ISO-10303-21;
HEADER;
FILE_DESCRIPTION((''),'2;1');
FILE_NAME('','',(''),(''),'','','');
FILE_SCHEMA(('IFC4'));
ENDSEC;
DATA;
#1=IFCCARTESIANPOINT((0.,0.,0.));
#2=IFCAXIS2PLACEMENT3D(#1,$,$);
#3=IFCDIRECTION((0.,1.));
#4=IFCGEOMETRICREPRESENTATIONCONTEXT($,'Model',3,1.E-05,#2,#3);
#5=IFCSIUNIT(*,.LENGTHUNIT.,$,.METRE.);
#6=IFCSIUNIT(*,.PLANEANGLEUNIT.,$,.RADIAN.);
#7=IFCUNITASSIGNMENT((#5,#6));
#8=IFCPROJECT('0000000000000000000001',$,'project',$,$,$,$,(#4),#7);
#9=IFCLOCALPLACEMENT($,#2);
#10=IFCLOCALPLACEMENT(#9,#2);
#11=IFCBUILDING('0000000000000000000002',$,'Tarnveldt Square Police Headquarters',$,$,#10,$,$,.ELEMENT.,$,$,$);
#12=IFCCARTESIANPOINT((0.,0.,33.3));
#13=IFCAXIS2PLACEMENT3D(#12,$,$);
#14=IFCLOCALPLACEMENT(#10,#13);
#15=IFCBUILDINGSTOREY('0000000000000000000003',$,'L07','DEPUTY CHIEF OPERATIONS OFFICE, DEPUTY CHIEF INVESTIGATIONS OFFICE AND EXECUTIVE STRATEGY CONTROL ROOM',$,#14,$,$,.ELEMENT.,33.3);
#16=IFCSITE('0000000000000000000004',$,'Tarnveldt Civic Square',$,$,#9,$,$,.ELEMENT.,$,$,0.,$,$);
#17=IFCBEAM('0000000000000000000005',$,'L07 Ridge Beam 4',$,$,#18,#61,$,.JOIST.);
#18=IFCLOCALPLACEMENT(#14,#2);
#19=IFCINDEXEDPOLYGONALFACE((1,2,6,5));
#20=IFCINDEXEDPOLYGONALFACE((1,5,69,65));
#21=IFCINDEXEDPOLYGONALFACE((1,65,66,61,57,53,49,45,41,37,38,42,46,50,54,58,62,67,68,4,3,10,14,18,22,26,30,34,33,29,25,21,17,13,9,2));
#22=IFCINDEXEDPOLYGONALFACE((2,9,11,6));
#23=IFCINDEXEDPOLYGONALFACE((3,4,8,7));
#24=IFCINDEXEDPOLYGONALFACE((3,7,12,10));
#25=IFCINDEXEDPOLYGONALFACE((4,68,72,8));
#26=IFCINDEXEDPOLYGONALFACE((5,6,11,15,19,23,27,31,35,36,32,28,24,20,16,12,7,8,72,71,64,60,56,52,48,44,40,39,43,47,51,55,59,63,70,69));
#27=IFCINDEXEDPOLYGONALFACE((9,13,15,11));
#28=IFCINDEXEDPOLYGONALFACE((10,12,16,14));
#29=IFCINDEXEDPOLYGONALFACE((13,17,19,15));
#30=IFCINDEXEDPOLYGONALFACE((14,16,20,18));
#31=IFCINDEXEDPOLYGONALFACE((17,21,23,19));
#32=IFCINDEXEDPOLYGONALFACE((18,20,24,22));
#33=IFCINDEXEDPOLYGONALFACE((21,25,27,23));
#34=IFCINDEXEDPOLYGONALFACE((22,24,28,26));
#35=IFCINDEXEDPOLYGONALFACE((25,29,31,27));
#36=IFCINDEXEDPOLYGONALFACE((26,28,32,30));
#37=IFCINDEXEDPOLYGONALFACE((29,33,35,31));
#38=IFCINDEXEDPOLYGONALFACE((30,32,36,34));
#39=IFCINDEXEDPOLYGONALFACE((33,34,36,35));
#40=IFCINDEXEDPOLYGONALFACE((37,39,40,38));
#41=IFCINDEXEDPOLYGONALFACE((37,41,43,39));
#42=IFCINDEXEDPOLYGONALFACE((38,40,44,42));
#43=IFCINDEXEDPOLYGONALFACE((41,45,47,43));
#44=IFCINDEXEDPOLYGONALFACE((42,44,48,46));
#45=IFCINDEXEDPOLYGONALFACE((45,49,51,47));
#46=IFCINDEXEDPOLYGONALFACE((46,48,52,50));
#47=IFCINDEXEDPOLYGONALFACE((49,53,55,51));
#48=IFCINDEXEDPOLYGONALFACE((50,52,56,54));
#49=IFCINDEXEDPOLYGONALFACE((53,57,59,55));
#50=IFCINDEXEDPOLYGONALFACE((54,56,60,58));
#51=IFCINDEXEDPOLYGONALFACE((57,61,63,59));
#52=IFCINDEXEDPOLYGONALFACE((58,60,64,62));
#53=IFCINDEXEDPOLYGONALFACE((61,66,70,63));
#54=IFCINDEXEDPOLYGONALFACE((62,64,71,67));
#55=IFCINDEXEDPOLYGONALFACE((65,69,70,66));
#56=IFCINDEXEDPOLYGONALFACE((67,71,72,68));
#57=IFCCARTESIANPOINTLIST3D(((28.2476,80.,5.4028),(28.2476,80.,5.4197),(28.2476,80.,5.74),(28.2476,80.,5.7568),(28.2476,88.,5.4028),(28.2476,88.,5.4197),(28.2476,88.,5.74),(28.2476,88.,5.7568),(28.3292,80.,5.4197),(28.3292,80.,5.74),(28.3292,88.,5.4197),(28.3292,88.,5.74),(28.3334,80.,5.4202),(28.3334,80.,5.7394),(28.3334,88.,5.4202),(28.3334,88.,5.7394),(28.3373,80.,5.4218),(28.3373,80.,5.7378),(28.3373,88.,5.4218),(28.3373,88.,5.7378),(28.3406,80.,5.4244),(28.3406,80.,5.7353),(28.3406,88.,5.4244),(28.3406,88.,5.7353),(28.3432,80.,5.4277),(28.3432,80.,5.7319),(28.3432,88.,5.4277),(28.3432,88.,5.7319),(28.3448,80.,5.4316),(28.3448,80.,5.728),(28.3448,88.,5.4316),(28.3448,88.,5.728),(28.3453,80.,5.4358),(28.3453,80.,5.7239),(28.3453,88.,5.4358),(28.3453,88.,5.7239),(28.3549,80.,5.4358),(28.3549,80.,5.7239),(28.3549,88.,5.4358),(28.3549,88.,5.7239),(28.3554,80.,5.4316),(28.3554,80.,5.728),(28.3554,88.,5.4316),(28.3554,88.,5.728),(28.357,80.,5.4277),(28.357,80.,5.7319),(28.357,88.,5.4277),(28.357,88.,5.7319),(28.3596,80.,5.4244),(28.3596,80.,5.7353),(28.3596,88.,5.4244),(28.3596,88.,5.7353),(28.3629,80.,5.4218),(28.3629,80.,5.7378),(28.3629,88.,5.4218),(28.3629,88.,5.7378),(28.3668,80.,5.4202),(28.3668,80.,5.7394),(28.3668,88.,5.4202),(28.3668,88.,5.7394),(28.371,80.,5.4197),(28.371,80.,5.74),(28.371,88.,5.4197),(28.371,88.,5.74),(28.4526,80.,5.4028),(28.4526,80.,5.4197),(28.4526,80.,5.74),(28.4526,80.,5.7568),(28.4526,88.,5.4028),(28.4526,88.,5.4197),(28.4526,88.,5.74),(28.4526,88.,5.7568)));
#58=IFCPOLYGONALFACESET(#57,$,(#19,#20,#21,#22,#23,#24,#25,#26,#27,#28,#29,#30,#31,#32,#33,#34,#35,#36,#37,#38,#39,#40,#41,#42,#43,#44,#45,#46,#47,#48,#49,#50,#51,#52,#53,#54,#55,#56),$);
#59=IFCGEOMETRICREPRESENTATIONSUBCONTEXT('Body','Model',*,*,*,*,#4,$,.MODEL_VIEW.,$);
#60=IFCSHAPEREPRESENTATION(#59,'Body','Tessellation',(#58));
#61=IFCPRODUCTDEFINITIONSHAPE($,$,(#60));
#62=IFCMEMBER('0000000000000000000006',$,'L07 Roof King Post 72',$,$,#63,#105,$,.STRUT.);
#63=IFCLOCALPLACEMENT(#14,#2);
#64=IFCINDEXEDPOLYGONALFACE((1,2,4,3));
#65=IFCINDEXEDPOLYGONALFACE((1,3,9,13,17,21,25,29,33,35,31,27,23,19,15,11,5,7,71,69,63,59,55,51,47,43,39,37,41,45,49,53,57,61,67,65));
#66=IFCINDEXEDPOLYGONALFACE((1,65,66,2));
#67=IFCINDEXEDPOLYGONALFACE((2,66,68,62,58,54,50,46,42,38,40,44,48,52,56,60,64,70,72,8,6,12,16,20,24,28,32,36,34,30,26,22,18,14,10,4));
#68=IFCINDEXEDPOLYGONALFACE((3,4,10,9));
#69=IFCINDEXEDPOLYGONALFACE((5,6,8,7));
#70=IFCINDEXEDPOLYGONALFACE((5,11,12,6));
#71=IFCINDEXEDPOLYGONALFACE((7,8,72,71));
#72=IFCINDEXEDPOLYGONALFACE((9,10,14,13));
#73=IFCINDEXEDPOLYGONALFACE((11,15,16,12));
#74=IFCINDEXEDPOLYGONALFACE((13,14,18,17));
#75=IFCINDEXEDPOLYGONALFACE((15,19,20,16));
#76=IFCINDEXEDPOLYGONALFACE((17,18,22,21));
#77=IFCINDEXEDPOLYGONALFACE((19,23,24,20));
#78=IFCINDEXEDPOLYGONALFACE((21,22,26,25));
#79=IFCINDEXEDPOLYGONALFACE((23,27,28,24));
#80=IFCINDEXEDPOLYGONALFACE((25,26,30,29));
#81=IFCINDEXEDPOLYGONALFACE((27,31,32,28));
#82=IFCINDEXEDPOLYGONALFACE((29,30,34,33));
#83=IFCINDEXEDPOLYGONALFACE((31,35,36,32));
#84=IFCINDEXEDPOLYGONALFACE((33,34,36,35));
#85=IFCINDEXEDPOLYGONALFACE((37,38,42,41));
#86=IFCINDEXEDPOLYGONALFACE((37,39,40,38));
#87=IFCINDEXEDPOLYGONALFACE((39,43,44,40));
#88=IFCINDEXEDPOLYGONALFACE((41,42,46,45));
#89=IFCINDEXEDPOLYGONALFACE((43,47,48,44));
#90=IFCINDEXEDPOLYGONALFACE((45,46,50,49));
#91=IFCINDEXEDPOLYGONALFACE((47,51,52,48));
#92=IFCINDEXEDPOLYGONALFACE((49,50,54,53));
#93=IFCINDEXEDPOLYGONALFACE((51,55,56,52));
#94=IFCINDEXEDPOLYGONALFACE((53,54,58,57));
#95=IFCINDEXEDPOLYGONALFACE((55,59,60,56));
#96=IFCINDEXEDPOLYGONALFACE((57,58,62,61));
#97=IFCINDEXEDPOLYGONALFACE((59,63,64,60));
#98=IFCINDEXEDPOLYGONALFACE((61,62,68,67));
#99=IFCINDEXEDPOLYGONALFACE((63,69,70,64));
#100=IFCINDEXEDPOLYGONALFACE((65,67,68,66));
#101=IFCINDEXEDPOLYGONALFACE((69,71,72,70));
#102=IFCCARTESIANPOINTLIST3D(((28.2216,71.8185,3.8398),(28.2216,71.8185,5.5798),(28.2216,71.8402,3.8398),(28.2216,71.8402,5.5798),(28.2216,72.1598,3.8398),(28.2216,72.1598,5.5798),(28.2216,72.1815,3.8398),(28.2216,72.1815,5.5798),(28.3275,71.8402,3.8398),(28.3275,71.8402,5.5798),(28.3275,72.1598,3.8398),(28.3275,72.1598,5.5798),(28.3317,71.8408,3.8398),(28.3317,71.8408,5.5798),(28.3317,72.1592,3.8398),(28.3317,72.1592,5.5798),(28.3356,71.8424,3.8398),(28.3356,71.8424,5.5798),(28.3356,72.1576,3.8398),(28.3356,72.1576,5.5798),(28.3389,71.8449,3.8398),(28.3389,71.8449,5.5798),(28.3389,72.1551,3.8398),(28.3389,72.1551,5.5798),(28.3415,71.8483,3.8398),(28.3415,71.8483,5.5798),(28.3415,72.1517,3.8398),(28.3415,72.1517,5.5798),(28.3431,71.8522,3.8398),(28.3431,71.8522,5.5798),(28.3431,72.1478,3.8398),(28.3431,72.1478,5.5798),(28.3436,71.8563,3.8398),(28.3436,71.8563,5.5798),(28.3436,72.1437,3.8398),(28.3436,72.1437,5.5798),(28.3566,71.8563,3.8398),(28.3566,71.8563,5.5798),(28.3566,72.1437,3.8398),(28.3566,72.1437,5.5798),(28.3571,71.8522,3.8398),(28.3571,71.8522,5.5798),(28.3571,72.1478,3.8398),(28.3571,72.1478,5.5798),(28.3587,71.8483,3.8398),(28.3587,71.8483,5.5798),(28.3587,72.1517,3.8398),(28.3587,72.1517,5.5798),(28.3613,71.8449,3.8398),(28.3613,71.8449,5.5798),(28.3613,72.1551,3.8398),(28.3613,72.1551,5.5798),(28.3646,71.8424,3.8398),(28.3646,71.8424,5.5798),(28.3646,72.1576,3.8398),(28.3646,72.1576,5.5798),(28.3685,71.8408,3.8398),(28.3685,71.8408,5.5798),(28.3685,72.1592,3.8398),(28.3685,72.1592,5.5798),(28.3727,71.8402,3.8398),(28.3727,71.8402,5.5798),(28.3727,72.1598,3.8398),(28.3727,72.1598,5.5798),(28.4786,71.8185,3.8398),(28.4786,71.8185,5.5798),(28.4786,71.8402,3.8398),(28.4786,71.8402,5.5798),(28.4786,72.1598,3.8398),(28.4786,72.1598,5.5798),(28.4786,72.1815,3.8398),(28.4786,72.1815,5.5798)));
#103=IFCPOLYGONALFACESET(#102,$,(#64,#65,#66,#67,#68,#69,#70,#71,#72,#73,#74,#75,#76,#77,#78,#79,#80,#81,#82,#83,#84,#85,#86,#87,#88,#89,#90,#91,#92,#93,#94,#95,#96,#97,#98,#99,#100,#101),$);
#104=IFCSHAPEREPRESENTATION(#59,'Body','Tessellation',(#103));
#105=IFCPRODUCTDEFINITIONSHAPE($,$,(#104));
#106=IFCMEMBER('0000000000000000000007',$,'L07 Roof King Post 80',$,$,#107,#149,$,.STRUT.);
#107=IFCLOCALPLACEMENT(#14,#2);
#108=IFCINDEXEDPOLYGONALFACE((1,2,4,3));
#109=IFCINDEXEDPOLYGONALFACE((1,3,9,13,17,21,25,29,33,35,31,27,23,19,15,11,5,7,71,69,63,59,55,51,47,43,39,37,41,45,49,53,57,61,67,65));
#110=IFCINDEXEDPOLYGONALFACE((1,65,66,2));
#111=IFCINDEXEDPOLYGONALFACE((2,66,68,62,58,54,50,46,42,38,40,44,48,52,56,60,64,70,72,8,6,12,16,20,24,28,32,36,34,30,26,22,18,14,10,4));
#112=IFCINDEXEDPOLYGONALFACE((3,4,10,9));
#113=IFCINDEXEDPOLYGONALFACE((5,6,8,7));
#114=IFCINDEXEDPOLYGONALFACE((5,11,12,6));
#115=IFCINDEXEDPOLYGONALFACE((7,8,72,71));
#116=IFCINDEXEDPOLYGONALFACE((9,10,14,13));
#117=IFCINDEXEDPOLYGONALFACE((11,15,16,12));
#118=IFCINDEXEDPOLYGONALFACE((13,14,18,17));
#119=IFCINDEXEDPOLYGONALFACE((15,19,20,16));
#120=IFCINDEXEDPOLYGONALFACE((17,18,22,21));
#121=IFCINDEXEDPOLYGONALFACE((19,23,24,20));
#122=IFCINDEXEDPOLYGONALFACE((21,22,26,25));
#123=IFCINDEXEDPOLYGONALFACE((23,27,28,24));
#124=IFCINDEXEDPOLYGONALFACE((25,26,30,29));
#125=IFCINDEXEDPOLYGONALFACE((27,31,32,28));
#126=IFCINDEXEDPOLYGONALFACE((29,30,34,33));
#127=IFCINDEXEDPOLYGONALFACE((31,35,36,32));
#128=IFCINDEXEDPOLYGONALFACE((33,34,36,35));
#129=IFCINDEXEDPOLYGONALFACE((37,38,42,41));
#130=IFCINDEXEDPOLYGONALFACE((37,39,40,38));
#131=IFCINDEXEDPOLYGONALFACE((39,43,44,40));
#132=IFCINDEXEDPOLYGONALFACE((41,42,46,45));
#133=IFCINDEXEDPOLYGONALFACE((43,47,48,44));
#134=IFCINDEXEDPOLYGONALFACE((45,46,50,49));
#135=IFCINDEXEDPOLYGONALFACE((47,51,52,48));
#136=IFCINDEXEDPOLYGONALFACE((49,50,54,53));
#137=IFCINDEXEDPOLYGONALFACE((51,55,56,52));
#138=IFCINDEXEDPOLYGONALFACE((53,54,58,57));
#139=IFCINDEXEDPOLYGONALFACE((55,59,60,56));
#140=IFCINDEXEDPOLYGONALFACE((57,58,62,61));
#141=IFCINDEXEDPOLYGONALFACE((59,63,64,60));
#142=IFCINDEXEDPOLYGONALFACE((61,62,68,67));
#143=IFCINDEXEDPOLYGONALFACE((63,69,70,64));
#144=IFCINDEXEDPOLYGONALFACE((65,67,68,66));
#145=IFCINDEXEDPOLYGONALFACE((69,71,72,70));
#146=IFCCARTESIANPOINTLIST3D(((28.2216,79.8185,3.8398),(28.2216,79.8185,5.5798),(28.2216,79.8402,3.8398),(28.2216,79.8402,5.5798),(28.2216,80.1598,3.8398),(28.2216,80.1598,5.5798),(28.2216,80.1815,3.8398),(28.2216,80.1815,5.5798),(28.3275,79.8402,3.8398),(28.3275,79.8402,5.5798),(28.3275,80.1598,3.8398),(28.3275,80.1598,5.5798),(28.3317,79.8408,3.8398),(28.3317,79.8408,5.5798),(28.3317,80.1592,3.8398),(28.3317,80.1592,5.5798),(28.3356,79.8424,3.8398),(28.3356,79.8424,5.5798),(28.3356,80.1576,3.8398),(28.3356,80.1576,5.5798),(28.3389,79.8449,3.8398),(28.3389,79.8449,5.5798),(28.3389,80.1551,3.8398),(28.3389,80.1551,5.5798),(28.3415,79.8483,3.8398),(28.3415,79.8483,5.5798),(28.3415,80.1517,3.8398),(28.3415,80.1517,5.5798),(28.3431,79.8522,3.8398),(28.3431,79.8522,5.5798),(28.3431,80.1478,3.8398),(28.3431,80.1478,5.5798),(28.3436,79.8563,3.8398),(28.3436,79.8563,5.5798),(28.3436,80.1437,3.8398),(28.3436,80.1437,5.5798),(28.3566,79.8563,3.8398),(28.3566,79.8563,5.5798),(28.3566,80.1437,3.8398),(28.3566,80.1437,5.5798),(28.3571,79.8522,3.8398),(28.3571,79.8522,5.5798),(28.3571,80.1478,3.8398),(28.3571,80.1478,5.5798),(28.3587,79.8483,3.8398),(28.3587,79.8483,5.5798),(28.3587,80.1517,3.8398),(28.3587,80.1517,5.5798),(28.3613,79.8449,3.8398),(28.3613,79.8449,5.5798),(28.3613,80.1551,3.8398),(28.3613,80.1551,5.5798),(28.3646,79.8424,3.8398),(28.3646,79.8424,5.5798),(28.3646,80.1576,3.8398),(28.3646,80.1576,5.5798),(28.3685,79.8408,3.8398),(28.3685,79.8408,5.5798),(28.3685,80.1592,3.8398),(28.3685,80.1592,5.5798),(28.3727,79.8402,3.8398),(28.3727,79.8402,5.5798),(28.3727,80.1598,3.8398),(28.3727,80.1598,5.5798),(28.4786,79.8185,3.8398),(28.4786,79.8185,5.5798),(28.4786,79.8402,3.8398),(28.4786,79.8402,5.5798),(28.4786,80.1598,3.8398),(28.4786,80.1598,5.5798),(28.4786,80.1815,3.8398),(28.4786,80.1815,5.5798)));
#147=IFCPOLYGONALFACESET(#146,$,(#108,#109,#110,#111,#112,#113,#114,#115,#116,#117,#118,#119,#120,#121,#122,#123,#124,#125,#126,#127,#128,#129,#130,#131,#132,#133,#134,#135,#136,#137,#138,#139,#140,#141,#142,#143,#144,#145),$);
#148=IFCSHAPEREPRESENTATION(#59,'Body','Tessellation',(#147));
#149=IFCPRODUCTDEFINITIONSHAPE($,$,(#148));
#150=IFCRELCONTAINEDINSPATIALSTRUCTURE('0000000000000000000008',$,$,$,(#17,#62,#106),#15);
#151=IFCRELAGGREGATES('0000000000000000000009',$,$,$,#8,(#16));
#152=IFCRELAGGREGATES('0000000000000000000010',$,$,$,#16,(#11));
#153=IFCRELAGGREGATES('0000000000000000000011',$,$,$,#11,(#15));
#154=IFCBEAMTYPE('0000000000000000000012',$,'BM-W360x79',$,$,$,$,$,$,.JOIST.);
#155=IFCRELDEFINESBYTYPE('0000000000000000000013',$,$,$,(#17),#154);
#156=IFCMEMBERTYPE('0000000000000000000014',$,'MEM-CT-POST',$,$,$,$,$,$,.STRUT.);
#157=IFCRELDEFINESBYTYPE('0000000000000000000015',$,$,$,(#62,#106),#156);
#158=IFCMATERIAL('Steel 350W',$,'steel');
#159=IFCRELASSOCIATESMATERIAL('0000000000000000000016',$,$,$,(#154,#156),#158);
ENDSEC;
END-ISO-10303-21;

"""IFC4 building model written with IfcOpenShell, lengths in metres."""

from ifc_helpers import new_model, si_unit, direction, frame, origin, origin_2d, place, context, subcontext, project, spatial, i_section, extrude, material, material_profile, profile_set, type_object, element, save


model = new_model("IFC4")

# Units and contexts
model_context = context("Model", 3, precision=1e-05, world=origin(), true_north=direction((0.0, 1.0)))
body_context = subcontext(model_context, "Body", "Model", "MODEL_VIEW")
ifc_project = project(units=[si_unit("LENGTHUNIT", "METRE"), si_unit("PLANEANGLEUNIT", "RADIAN")], contexts=[model_context])

# Site, building, storey
site_placement = place(None, origin())
site = spatial("IfcSite", under=ifc_project, at=site_placement, Name="Tarnveldt Civic Square", CompositionType="ELEMENT", RefElevation=0.0)
building_placement = place(site_placement, origin())
building = spatial("IfcBuilding", under=site, at=building_placement, Name="Tarnveldt Square Police Headquarters", CompositionType="ELEMENT")
storey_placement = place(building_placement, frame((0.0, 0.0, 33.3)))
storey = spatial("IfcBuildingStorey", under=building, at=storey_placement, Name="L07", Description="DEPUTY CHIEF OPERATIONS OFFICE, DEPUTY CHIEF INVESTIGATIONS OFFICE AND EXECUTIVE STRATEGY CONTROL ROOM", CompositionType="ELEMENT", Elevation=33.3)

# Shared definitions
ifc_material_1 = material(Name="Steel 350W", Category="steel")

# Beam
ifc_material_profile_1 = material_profile(ifc_material_1, i_section(OverallWidth=0.2051, OverallDepth=0.354, WebThickness=0.0095, FlangeThickness=0.0168, FilletRadius=0.0161, at=origin_2d()), Name="W360x79")
ifc_profile_set_1 = profile_set([ifc_material_profile_1], Name="Steel 350W")
beam_type_1 = type_object("IfcBeamType", Name="BM-W360x79", PredefinedType="JOIST", material=ifc_profile_set_1)
for number, where, z_axis, x_axis, name in (
    (1, (28.3501, 80.0, 5.5798), (0.0, 1.0, 0.0), (-1.0, 0.0, 0.0), "L07 Ridge Beam 4"),
):
    element("IfcBeam", number, at=place(storey_placement, frame(where, z_axis=z_axis, x_axis=x_axis)), inside=storey, type_object=beam_type_1, Name=name, PredefinedType="JOIST", context=body_context, shape_type="SweptSolid", body=[
        extrude(i_section(OverallWidth=0.2051, OverallDepth=0.354, WebThickness=0.0095, FlangeThickness=0.0168, FilletRadius=0.0161, at=origin_2d()), origin(), (0.0, 0.0, 1.0), 8.0),
    ])

# Members
ifc_material_profile_2 = material_profile(ifc_material_1, i_section(OverallWidth=0.2571, OverallDepth=0.363, WebThickness=0.0129, FlangeThickness=0.0217, FilletRadius=0.0161, at=origin_2d()), Name="W360x122")
ifc_profile_set_2 = profile_set([ifc_material_profile_2], Name="Steel 350W")
member_type_1 = type_object("IfcMemberType", Name="MEM-CT-POST", PredefinedType="STRUT", material=ifc_profile_set_2)
for number, where, z_axis, x_axis, name in (
    (2, (28.3501, 72.0, 3.8398), (0.0, 0.0, 1.0), (1.0, 0.0, 0.0), "L07 Roof King Post 72"),
    (3, (28.3501, 80.0, 3.8398), (0.0, 0.0, 1.0), (1.0, 0.0, 0.0), "L07 Roof King Post 80"),
):
    element("IfcMember", number, at=place(storey_placement, frame(where, z_axis=z_axis, x_axis=x_axis)), inside=storey, type_object=member_type_1, Name=name, PredefinedType="STRUT", context=body_context, shape_type="SweptSolid", body=[
        extrude(i_section(OverallWidth=0.2571, OverallDepth=0.363, WebThickness=0.0129, FlangeThickness=0.0217, FilletRadius=0.0161, at=origin_2d()), origin(), (0.0, 0.0, 1.0), 1.74),
    ])

save(model, "model.ifc")
